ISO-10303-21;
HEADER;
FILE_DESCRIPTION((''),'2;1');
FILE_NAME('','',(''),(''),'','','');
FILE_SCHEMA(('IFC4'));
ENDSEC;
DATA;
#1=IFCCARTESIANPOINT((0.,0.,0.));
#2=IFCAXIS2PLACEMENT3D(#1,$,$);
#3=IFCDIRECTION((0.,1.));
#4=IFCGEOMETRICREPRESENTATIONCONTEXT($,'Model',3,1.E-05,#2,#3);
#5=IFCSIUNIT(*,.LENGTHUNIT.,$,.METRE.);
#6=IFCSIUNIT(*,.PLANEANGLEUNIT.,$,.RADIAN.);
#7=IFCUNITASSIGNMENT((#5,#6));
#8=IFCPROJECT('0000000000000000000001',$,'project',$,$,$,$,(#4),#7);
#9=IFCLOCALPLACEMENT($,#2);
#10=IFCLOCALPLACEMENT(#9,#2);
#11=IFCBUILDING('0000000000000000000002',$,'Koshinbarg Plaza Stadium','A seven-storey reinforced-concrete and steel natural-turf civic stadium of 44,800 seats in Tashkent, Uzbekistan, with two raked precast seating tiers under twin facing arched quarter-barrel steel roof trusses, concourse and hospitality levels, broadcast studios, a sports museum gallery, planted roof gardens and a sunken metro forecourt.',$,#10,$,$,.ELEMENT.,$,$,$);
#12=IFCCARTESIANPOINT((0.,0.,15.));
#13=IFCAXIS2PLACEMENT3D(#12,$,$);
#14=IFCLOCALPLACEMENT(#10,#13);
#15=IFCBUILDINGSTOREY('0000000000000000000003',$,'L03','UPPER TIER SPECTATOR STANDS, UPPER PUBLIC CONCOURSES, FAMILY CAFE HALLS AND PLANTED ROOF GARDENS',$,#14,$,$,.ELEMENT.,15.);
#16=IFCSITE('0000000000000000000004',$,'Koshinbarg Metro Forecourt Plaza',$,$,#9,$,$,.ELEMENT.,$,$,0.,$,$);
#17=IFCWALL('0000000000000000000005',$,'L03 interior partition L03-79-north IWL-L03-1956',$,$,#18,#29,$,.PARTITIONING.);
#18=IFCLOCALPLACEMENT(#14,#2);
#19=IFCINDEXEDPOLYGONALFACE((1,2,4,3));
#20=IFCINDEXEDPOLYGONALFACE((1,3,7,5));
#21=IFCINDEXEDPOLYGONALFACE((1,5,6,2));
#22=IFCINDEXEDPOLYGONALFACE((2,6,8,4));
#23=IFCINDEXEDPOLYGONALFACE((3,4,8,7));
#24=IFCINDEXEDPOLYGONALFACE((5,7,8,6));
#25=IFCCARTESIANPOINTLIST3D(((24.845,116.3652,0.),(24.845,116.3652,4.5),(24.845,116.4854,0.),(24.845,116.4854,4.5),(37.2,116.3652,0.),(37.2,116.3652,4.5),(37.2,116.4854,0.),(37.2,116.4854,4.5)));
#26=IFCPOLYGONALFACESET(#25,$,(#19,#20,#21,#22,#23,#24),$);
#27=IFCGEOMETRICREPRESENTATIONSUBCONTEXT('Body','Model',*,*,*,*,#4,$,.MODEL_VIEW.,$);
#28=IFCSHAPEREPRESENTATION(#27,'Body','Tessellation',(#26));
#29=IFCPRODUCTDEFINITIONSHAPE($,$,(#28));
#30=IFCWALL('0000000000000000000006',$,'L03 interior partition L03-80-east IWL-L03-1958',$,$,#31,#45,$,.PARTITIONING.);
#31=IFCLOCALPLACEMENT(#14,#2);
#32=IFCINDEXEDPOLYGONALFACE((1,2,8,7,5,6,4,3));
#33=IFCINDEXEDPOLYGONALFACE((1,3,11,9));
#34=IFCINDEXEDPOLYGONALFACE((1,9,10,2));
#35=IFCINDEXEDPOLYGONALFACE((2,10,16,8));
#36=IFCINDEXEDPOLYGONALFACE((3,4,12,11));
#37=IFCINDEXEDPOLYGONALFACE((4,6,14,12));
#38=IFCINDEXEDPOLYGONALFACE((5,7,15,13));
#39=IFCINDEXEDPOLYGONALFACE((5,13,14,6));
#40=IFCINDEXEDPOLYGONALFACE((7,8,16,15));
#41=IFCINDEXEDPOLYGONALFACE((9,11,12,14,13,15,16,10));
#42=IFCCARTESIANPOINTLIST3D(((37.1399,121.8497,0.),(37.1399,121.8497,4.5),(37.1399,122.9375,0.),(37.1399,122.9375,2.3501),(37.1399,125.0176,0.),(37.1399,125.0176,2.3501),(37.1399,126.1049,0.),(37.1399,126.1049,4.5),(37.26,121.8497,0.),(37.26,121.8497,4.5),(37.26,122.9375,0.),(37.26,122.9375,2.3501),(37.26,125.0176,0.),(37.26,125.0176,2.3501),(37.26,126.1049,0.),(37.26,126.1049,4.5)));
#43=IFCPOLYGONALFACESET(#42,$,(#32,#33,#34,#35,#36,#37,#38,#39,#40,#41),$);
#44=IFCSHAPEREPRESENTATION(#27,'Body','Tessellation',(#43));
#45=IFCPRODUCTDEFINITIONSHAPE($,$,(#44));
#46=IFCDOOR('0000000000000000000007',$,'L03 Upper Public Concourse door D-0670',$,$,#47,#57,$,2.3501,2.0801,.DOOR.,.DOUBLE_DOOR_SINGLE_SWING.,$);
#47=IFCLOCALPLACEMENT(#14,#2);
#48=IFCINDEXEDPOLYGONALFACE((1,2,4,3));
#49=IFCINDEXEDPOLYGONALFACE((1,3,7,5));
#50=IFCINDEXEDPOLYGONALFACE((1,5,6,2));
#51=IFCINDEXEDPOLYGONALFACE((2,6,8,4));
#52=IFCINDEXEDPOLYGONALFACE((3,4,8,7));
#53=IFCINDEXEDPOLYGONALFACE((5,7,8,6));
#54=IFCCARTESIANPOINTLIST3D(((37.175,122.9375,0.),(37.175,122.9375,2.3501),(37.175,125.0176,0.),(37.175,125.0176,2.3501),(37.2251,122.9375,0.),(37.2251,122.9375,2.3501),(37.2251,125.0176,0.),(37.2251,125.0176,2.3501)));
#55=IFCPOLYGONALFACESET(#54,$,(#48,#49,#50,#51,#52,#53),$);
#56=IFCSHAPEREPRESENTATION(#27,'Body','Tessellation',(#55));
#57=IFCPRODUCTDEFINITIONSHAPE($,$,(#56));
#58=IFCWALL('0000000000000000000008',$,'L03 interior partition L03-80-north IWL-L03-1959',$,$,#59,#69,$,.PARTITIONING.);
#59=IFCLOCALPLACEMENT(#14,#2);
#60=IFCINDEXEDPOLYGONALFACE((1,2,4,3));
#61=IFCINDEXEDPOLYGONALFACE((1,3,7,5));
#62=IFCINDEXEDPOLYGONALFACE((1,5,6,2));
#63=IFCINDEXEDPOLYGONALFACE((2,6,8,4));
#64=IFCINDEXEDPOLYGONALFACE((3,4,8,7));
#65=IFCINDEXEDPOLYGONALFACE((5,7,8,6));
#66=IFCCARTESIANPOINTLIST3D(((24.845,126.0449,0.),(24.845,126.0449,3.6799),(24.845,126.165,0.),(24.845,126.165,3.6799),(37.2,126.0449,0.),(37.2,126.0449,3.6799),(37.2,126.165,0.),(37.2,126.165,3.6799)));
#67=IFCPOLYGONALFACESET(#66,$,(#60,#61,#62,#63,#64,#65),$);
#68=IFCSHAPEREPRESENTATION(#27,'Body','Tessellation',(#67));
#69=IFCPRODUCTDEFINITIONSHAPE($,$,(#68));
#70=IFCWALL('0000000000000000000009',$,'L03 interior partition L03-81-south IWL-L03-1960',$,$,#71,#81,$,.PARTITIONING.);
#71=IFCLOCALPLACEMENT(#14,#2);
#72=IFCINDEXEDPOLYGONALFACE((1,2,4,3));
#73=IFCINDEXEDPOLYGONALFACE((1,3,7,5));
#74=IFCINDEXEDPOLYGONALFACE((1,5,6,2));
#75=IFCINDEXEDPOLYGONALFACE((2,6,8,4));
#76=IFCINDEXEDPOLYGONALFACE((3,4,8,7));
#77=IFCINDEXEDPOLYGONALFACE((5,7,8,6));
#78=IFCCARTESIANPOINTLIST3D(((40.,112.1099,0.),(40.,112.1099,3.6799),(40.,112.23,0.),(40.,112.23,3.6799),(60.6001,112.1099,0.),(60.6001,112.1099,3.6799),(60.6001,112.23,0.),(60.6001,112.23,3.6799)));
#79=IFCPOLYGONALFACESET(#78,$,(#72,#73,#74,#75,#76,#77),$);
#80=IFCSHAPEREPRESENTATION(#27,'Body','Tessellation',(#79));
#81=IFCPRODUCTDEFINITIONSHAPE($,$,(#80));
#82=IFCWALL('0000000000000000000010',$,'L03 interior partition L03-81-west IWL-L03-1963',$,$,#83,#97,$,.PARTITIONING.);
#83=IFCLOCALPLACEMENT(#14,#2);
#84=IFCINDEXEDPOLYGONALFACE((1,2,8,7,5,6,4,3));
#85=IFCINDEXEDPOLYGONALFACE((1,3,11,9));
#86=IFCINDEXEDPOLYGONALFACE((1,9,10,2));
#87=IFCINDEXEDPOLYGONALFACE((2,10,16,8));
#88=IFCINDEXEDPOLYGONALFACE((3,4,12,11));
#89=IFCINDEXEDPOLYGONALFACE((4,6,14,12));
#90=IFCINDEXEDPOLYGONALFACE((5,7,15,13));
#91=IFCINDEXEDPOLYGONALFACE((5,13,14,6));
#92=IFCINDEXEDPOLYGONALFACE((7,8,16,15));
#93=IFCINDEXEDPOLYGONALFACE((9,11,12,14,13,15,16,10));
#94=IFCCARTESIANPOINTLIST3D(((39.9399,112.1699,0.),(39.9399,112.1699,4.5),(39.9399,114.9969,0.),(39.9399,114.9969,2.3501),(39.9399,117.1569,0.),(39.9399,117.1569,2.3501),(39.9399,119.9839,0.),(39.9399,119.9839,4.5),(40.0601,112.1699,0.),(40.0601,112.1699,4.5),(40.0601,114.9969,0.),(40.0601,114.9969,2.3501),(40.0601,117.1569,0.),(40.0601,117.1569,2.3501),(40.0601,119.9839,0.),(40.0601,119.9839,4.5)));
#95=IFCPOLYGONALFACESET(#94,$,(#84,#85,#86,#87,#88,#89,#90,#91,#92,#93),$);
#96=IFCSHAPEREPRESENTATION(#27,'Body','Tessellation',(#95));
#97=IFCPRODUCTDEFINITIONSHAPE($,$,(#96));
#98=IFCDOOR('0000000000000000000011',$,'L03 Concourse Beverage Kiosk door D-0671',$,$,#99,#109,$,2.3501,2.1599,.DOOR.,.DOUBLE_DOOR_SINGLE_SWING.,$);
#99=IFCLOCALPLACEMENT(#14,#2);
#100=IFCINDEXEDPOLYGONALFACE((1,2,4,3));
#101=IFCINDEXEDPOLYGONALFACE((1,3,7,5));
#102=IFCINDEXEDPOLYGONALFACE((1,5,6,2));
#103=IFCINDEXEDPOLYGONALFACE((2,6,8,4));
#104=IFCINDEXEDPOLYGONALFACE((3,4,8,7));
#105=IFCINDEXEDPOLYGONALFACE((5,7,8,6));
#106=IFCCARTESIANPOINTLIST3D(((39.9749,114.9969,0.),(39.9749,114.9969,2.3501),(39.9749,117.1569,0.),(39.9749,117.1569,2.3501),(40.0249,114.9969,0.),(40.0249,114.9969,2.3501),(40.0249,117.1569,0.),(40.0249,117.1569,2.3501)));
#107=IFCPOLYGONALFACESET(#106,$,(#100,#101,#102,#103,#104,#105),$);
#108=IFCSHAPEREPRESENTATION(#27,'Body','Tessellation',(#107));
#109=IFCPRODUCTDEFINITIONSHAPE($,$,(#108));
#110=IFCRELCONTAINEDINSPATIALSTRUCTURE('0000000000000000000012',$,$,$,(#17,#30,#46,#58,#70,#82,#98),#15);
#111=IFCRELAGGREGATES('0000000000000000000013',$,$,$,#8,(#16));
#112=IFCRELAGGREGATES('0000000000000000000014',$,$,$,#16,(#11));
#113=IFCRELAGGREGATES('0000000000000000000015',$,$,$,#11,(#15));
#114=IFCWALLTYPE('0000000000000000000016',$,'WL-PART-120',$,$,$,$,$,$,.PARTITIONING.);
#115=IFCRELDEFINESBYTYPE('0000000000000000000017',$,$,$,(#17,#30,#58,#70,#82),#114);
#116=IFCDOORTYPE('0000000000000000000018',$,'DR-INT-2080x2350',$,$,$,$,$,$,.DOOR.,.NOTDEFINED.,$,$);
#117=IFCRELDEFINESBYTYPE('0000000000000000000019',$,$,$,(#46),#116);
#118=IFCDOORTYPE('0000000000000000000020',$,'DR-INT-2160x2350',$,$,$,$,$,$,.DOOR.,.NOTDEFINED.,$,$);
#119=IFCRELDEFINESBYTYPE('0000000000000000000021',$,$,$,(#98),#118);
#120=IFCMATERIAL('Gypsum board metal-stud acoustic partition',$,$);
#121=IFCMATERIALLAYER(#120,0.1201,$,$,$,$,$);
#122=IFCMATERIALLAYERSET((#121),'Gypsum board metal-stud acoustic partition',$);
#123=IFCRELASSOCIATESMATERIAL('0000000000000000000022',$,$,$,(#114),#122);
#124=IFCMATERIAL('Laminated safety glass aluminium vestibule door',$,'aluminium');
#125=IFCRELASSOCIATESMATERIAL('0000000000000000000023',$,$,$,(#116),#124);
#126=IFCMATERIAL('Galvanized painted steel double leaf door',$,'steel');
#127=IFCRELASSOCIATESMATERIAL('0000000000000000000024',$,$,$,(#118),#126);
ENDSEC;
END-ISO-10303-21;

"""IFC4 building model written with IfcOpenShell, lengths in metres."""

from ifc_helpers import new_model, si_unit, direction, frame, frame_2d, origin, place, context, subcontext, project, spatial, rectangle, extrude, material, layer, layer_set, type_object, element, fill, save


model = new_model("IFC4")

# Units and contexts
model_context = context("Model", 3, precision=1e-05, world=origin(), true_north=direction((0.0, 1.0)))
body_context = subcontext(model_context, "Body", "Model", "MODEL_VIEW")
ifc_project = project(units=[si_unit("LENGTHUNIT", "METRE"), si_unit("PLANEANGLEUNIT", "RADIAN")], contexts=[model_context])

# Site, building, storey
site_placement = place(None, origin())
site = spatial("IfcSite", under=ifc_project, at=site_placement, Name="Koshinbarg Metro Forecourt Plaza", CompositionType="ELEMENT", RefElevation=0.0)
building_placement = place(site_placement, origin())
building = spatial("IfcBuilding", under=site, at=building_placement, Name="Koshinbarg Plaza Stadium", Description="A seven-storey reinforced-concrete and steel natural-turf civic stadium of 44,800 seats in Tashkent, Uzbekistan, with two raked precast seating tiers under twin facing arched quarter-barrel steel roof trusses, concourse and hospitality levels, broadcast studios, a sports museum gallery, planted roof gardens and a sunken metro forecourt.", CompositionType="ELEMENT")
storey_placement = place(building_placement, frame((0.0, 0.0, 15.0)))
storey = spatial("IfcBuildingStorey", under=building, at=storey_placement, Name="L03", Description="UPPER TIER SPECTATOR STANDS, UPPER PUBLIC CONCOURSES, FAMILY CAFE HALLS AND PLANTED ROOF GARDENS", CompositionType="ELEMENT", Elevation=15.0)

# Shared definitions
ifc_material_1 = material(Name="Gypsum board metal-stud acoustic partition")
ifc_layer_1 = layer(ifc_material_1, 0.1201)
ifc_layer_set_1 = layer_set([ifc_layer_1], Name="Gypsum board metal-stud acoustic partition")
wall_type_1 = type_object("IfcWallType", Name="WL-PART-120", PredefinedType="PARTITIONING", material=ifc_layer_set_1)

# Wall
wall_1_placement = place(storey_placement, frame((37.2, 116.4253, 0.0), z_axis=(0.0, 0.0, 1.0), x_axis=(-1.0, 0.0, 0.0)))
element("IfcWall", 1, at=wall_1_placement, inside=storey, type_object=wall_type_1, Name="L03 interior partition L03-79-north IWL-L03-1956", PredefinedType="PARTITIONING", context=body_context, shape_type="SweptSolid", body=[
    extrude(rectangle(XDim=12.355, YDim=0.1201, at=frame_2d((6.1775, 0.0))), origin(), (0.0, 0.0, 1.0), 4.5),
])

# Wall, opening, door
wall_2_placement = place(storey_placement, frame((37.2, 121.8499, 0.0), z_axis=(0.0, 0.0, 1.0), x_axis=(0.0, 1.0, 0.0)))
wall_2 = element("IfcWall", 2, at=wall_2_placement, inside=storey, type_object=wall_type_1, Name="L03 interior partition L03-80-east IWL-L03-1958", PredefinedType="PARTITIONING", context=body_context, shape_type="SweptSolid", body=[
    extrude(rectangle(XDim=4.2551, YDim=0.1201, at=frame_2d((2.1274, 0.0))), origin(), (0.0, 0.0, 1.0), 4.5),
])
opening_1_placement = place(wall_2_placement, frame((1.0876, 0.0, 0.0)))
opening_1 = element("IfcOpeningElement", 3, at=opening_1_placement, cuts=wall_2, PredefinedType="OPENING", context=body_context, shape_type="SweptSolid", body=[
    extrude(rectangle(XDim=2.0801, YDim=2.3501, at=frame_2d((1.04, 1.175))), frame((0.0, 0.0701, 0.0), z_axis=(0.0, -1.0, 0.0), x_axis=(1.0, 0.0, 0.0)), (0.0, 0.0, 1.0), 0.1401),
])
ifc_material_2 = material(Name="Laminated safety glass aluminium vestibule door", Category="aluminium")
door_type_1 = type_object("IfcDoorType", Name="DR-INT-2080x2350", OperationType="NOTDEFINED", PredefinedType="DOOR", material=ifc_material_2)
door_1_placement = place(opening_1_placement, origin())
door_1 = element("IfcDoor", 4, at=door_1_placement, inside=storey, type_object=door_type_1, Name="L03 Upper Public Concourse door D-0670", OperationType="DOUBLE_DOOR_SINGLE_SWING", OverallHeight=2.3501, OverallWidth=2.0801, PredefinedType="DOOR", context=body_context, shape_type="SweptSolid", body=[
    extrude(rectangle(XDim=2.0801, YDim=2.3501, at=frame_2d((1.04, 1.175))), frame((0.0, 0.0249, 0.0), z_axis=(0.0, -1.0, 0.0), x_axis=(1.0, 0.0, 0.0)), (0.0, 0.0, 1.0), 0.05),
])
fill(opening_1, door_1)

# Walls
wall_3_placement = place(storey_placement, frame((37.2, 126.105, 0.0), z_axis=(0.0, 0.0, 1.0), x_axis=(-1.0, 0.0, 0.0)))
element("IfcWall", 5, at=wall_3_placement, inside=storey, type_object=wall_type_1, Name="L03 interior partition L03-80-north IWL-L03-1959", PredefinedType="PARTITIONING", context=body_context, shape_type="SweptSolid", body=[
    extrude(rectangle(XDim=12.355, YDim=0.1201, at=frame_2d((6.1775, 0.0))), origin(), (0.0, 0.0, 1.0), 3.6799),
])
wall_4_placement = place(storey_placement, frame((40.0, 112.1699, 0.0), z_axis=(0.0, 0.0, 1.0), x_axis=(1.0, 0.0, 0.0)))
element("IfcWall", 6, at=wall_4_placement, inside=storey, type_object=wall_type_1, Name="L03 interior partition L03-81-south IWL-L03-1960", PredefinedType="PARTITIONING", context=body_context, shape_type="SweptSolid", body=[
    extrude(rectangle(XDim=20.6001, YDim=0.1201, at=frame_2d((10.3, 0.0))), origin(), (0.0, 0.0, 1.0), 3.6799),
])

# Wall, opening, door
wall_5_placement = place(storey_placement, frame((40.0, 119.9839, 0.0), z_axis=(0.0, 0.0, 1.0), x_axis=(0.0, -1.0, 0.0)))
wall_5 = element("IfcWall", 7, at=wall_5_placement, inside=storey, type_object=wall_type_1, Name="L03 interior partition L03-81-west IWL-L03-1963", PredefinedType="PARTITIONING", context=body_context, shape_type="SweptSolid", body=[
    extrude(rectangle(XDim=7.814, YDim=0.1201, at=frame_2d((3.907, 0.0))), origin(), (0.0, 0.0, 1.0), 4.5),
])
opening_2_placement = place(wall_5_placement, frame((2.8269, 0.0, 0.0)))
opening_2 = element("IfcOpeningElement", 8, at=opening_2_placement, cuts=wall_5, PredefinedType="OPENING", context=body_context, shape_type="SweptSolid", body=[
    extrude(rectangle(XDim=2.1599, YDim=2.3501, at=frame_2d((1.0801, 1.175))), frame((0.0, 0.0701, 0.0), z_axis=(0.0, -1.0, 0.0), x_axis=(1.0, 0.0, 0.0)), (0.0, 0.0, 1.0), 0.1401),
])
ifc_material_3 = material(Name="Galvanized painted steel double leaf door", Category="steel")
door_type_2 = type_object("IfcDoorType", Name="DR-INT-2160x2350", OperationType="NOTDEFINED", PredefinedType="DOOR", material=ifc_material_3)
door_2_placement = place(opening_2_placement, origin())
door_2 = element("IfcDoor", 9, at=door_2_placement, inside=storey, type_object=door_type_2, Name="L03 Concourse Beverage Kiosk door D-0671", OperationType="DOUBLE_DOOR_SINGLE_SWING", OverallHeight=2.3501, OverallWidth=2.1599, PredefinedType="DOOR", context=body_context, shape_type="SweptSolid", body=[
    extrude(rectangle(XDim=2.1599, YDim=2.3501, at=frame_2d((1.0801, 1.175))), frame((0.0, 0.0249, 0.0), z_axis=(0.0, -1.0, 0.0), x_axis=(1.0, 0.0, 0.0)), (0.0, 0.0, 1.0), 0.05),
])
fill(opening_2, door_2)

save(model, "model.ifc")
